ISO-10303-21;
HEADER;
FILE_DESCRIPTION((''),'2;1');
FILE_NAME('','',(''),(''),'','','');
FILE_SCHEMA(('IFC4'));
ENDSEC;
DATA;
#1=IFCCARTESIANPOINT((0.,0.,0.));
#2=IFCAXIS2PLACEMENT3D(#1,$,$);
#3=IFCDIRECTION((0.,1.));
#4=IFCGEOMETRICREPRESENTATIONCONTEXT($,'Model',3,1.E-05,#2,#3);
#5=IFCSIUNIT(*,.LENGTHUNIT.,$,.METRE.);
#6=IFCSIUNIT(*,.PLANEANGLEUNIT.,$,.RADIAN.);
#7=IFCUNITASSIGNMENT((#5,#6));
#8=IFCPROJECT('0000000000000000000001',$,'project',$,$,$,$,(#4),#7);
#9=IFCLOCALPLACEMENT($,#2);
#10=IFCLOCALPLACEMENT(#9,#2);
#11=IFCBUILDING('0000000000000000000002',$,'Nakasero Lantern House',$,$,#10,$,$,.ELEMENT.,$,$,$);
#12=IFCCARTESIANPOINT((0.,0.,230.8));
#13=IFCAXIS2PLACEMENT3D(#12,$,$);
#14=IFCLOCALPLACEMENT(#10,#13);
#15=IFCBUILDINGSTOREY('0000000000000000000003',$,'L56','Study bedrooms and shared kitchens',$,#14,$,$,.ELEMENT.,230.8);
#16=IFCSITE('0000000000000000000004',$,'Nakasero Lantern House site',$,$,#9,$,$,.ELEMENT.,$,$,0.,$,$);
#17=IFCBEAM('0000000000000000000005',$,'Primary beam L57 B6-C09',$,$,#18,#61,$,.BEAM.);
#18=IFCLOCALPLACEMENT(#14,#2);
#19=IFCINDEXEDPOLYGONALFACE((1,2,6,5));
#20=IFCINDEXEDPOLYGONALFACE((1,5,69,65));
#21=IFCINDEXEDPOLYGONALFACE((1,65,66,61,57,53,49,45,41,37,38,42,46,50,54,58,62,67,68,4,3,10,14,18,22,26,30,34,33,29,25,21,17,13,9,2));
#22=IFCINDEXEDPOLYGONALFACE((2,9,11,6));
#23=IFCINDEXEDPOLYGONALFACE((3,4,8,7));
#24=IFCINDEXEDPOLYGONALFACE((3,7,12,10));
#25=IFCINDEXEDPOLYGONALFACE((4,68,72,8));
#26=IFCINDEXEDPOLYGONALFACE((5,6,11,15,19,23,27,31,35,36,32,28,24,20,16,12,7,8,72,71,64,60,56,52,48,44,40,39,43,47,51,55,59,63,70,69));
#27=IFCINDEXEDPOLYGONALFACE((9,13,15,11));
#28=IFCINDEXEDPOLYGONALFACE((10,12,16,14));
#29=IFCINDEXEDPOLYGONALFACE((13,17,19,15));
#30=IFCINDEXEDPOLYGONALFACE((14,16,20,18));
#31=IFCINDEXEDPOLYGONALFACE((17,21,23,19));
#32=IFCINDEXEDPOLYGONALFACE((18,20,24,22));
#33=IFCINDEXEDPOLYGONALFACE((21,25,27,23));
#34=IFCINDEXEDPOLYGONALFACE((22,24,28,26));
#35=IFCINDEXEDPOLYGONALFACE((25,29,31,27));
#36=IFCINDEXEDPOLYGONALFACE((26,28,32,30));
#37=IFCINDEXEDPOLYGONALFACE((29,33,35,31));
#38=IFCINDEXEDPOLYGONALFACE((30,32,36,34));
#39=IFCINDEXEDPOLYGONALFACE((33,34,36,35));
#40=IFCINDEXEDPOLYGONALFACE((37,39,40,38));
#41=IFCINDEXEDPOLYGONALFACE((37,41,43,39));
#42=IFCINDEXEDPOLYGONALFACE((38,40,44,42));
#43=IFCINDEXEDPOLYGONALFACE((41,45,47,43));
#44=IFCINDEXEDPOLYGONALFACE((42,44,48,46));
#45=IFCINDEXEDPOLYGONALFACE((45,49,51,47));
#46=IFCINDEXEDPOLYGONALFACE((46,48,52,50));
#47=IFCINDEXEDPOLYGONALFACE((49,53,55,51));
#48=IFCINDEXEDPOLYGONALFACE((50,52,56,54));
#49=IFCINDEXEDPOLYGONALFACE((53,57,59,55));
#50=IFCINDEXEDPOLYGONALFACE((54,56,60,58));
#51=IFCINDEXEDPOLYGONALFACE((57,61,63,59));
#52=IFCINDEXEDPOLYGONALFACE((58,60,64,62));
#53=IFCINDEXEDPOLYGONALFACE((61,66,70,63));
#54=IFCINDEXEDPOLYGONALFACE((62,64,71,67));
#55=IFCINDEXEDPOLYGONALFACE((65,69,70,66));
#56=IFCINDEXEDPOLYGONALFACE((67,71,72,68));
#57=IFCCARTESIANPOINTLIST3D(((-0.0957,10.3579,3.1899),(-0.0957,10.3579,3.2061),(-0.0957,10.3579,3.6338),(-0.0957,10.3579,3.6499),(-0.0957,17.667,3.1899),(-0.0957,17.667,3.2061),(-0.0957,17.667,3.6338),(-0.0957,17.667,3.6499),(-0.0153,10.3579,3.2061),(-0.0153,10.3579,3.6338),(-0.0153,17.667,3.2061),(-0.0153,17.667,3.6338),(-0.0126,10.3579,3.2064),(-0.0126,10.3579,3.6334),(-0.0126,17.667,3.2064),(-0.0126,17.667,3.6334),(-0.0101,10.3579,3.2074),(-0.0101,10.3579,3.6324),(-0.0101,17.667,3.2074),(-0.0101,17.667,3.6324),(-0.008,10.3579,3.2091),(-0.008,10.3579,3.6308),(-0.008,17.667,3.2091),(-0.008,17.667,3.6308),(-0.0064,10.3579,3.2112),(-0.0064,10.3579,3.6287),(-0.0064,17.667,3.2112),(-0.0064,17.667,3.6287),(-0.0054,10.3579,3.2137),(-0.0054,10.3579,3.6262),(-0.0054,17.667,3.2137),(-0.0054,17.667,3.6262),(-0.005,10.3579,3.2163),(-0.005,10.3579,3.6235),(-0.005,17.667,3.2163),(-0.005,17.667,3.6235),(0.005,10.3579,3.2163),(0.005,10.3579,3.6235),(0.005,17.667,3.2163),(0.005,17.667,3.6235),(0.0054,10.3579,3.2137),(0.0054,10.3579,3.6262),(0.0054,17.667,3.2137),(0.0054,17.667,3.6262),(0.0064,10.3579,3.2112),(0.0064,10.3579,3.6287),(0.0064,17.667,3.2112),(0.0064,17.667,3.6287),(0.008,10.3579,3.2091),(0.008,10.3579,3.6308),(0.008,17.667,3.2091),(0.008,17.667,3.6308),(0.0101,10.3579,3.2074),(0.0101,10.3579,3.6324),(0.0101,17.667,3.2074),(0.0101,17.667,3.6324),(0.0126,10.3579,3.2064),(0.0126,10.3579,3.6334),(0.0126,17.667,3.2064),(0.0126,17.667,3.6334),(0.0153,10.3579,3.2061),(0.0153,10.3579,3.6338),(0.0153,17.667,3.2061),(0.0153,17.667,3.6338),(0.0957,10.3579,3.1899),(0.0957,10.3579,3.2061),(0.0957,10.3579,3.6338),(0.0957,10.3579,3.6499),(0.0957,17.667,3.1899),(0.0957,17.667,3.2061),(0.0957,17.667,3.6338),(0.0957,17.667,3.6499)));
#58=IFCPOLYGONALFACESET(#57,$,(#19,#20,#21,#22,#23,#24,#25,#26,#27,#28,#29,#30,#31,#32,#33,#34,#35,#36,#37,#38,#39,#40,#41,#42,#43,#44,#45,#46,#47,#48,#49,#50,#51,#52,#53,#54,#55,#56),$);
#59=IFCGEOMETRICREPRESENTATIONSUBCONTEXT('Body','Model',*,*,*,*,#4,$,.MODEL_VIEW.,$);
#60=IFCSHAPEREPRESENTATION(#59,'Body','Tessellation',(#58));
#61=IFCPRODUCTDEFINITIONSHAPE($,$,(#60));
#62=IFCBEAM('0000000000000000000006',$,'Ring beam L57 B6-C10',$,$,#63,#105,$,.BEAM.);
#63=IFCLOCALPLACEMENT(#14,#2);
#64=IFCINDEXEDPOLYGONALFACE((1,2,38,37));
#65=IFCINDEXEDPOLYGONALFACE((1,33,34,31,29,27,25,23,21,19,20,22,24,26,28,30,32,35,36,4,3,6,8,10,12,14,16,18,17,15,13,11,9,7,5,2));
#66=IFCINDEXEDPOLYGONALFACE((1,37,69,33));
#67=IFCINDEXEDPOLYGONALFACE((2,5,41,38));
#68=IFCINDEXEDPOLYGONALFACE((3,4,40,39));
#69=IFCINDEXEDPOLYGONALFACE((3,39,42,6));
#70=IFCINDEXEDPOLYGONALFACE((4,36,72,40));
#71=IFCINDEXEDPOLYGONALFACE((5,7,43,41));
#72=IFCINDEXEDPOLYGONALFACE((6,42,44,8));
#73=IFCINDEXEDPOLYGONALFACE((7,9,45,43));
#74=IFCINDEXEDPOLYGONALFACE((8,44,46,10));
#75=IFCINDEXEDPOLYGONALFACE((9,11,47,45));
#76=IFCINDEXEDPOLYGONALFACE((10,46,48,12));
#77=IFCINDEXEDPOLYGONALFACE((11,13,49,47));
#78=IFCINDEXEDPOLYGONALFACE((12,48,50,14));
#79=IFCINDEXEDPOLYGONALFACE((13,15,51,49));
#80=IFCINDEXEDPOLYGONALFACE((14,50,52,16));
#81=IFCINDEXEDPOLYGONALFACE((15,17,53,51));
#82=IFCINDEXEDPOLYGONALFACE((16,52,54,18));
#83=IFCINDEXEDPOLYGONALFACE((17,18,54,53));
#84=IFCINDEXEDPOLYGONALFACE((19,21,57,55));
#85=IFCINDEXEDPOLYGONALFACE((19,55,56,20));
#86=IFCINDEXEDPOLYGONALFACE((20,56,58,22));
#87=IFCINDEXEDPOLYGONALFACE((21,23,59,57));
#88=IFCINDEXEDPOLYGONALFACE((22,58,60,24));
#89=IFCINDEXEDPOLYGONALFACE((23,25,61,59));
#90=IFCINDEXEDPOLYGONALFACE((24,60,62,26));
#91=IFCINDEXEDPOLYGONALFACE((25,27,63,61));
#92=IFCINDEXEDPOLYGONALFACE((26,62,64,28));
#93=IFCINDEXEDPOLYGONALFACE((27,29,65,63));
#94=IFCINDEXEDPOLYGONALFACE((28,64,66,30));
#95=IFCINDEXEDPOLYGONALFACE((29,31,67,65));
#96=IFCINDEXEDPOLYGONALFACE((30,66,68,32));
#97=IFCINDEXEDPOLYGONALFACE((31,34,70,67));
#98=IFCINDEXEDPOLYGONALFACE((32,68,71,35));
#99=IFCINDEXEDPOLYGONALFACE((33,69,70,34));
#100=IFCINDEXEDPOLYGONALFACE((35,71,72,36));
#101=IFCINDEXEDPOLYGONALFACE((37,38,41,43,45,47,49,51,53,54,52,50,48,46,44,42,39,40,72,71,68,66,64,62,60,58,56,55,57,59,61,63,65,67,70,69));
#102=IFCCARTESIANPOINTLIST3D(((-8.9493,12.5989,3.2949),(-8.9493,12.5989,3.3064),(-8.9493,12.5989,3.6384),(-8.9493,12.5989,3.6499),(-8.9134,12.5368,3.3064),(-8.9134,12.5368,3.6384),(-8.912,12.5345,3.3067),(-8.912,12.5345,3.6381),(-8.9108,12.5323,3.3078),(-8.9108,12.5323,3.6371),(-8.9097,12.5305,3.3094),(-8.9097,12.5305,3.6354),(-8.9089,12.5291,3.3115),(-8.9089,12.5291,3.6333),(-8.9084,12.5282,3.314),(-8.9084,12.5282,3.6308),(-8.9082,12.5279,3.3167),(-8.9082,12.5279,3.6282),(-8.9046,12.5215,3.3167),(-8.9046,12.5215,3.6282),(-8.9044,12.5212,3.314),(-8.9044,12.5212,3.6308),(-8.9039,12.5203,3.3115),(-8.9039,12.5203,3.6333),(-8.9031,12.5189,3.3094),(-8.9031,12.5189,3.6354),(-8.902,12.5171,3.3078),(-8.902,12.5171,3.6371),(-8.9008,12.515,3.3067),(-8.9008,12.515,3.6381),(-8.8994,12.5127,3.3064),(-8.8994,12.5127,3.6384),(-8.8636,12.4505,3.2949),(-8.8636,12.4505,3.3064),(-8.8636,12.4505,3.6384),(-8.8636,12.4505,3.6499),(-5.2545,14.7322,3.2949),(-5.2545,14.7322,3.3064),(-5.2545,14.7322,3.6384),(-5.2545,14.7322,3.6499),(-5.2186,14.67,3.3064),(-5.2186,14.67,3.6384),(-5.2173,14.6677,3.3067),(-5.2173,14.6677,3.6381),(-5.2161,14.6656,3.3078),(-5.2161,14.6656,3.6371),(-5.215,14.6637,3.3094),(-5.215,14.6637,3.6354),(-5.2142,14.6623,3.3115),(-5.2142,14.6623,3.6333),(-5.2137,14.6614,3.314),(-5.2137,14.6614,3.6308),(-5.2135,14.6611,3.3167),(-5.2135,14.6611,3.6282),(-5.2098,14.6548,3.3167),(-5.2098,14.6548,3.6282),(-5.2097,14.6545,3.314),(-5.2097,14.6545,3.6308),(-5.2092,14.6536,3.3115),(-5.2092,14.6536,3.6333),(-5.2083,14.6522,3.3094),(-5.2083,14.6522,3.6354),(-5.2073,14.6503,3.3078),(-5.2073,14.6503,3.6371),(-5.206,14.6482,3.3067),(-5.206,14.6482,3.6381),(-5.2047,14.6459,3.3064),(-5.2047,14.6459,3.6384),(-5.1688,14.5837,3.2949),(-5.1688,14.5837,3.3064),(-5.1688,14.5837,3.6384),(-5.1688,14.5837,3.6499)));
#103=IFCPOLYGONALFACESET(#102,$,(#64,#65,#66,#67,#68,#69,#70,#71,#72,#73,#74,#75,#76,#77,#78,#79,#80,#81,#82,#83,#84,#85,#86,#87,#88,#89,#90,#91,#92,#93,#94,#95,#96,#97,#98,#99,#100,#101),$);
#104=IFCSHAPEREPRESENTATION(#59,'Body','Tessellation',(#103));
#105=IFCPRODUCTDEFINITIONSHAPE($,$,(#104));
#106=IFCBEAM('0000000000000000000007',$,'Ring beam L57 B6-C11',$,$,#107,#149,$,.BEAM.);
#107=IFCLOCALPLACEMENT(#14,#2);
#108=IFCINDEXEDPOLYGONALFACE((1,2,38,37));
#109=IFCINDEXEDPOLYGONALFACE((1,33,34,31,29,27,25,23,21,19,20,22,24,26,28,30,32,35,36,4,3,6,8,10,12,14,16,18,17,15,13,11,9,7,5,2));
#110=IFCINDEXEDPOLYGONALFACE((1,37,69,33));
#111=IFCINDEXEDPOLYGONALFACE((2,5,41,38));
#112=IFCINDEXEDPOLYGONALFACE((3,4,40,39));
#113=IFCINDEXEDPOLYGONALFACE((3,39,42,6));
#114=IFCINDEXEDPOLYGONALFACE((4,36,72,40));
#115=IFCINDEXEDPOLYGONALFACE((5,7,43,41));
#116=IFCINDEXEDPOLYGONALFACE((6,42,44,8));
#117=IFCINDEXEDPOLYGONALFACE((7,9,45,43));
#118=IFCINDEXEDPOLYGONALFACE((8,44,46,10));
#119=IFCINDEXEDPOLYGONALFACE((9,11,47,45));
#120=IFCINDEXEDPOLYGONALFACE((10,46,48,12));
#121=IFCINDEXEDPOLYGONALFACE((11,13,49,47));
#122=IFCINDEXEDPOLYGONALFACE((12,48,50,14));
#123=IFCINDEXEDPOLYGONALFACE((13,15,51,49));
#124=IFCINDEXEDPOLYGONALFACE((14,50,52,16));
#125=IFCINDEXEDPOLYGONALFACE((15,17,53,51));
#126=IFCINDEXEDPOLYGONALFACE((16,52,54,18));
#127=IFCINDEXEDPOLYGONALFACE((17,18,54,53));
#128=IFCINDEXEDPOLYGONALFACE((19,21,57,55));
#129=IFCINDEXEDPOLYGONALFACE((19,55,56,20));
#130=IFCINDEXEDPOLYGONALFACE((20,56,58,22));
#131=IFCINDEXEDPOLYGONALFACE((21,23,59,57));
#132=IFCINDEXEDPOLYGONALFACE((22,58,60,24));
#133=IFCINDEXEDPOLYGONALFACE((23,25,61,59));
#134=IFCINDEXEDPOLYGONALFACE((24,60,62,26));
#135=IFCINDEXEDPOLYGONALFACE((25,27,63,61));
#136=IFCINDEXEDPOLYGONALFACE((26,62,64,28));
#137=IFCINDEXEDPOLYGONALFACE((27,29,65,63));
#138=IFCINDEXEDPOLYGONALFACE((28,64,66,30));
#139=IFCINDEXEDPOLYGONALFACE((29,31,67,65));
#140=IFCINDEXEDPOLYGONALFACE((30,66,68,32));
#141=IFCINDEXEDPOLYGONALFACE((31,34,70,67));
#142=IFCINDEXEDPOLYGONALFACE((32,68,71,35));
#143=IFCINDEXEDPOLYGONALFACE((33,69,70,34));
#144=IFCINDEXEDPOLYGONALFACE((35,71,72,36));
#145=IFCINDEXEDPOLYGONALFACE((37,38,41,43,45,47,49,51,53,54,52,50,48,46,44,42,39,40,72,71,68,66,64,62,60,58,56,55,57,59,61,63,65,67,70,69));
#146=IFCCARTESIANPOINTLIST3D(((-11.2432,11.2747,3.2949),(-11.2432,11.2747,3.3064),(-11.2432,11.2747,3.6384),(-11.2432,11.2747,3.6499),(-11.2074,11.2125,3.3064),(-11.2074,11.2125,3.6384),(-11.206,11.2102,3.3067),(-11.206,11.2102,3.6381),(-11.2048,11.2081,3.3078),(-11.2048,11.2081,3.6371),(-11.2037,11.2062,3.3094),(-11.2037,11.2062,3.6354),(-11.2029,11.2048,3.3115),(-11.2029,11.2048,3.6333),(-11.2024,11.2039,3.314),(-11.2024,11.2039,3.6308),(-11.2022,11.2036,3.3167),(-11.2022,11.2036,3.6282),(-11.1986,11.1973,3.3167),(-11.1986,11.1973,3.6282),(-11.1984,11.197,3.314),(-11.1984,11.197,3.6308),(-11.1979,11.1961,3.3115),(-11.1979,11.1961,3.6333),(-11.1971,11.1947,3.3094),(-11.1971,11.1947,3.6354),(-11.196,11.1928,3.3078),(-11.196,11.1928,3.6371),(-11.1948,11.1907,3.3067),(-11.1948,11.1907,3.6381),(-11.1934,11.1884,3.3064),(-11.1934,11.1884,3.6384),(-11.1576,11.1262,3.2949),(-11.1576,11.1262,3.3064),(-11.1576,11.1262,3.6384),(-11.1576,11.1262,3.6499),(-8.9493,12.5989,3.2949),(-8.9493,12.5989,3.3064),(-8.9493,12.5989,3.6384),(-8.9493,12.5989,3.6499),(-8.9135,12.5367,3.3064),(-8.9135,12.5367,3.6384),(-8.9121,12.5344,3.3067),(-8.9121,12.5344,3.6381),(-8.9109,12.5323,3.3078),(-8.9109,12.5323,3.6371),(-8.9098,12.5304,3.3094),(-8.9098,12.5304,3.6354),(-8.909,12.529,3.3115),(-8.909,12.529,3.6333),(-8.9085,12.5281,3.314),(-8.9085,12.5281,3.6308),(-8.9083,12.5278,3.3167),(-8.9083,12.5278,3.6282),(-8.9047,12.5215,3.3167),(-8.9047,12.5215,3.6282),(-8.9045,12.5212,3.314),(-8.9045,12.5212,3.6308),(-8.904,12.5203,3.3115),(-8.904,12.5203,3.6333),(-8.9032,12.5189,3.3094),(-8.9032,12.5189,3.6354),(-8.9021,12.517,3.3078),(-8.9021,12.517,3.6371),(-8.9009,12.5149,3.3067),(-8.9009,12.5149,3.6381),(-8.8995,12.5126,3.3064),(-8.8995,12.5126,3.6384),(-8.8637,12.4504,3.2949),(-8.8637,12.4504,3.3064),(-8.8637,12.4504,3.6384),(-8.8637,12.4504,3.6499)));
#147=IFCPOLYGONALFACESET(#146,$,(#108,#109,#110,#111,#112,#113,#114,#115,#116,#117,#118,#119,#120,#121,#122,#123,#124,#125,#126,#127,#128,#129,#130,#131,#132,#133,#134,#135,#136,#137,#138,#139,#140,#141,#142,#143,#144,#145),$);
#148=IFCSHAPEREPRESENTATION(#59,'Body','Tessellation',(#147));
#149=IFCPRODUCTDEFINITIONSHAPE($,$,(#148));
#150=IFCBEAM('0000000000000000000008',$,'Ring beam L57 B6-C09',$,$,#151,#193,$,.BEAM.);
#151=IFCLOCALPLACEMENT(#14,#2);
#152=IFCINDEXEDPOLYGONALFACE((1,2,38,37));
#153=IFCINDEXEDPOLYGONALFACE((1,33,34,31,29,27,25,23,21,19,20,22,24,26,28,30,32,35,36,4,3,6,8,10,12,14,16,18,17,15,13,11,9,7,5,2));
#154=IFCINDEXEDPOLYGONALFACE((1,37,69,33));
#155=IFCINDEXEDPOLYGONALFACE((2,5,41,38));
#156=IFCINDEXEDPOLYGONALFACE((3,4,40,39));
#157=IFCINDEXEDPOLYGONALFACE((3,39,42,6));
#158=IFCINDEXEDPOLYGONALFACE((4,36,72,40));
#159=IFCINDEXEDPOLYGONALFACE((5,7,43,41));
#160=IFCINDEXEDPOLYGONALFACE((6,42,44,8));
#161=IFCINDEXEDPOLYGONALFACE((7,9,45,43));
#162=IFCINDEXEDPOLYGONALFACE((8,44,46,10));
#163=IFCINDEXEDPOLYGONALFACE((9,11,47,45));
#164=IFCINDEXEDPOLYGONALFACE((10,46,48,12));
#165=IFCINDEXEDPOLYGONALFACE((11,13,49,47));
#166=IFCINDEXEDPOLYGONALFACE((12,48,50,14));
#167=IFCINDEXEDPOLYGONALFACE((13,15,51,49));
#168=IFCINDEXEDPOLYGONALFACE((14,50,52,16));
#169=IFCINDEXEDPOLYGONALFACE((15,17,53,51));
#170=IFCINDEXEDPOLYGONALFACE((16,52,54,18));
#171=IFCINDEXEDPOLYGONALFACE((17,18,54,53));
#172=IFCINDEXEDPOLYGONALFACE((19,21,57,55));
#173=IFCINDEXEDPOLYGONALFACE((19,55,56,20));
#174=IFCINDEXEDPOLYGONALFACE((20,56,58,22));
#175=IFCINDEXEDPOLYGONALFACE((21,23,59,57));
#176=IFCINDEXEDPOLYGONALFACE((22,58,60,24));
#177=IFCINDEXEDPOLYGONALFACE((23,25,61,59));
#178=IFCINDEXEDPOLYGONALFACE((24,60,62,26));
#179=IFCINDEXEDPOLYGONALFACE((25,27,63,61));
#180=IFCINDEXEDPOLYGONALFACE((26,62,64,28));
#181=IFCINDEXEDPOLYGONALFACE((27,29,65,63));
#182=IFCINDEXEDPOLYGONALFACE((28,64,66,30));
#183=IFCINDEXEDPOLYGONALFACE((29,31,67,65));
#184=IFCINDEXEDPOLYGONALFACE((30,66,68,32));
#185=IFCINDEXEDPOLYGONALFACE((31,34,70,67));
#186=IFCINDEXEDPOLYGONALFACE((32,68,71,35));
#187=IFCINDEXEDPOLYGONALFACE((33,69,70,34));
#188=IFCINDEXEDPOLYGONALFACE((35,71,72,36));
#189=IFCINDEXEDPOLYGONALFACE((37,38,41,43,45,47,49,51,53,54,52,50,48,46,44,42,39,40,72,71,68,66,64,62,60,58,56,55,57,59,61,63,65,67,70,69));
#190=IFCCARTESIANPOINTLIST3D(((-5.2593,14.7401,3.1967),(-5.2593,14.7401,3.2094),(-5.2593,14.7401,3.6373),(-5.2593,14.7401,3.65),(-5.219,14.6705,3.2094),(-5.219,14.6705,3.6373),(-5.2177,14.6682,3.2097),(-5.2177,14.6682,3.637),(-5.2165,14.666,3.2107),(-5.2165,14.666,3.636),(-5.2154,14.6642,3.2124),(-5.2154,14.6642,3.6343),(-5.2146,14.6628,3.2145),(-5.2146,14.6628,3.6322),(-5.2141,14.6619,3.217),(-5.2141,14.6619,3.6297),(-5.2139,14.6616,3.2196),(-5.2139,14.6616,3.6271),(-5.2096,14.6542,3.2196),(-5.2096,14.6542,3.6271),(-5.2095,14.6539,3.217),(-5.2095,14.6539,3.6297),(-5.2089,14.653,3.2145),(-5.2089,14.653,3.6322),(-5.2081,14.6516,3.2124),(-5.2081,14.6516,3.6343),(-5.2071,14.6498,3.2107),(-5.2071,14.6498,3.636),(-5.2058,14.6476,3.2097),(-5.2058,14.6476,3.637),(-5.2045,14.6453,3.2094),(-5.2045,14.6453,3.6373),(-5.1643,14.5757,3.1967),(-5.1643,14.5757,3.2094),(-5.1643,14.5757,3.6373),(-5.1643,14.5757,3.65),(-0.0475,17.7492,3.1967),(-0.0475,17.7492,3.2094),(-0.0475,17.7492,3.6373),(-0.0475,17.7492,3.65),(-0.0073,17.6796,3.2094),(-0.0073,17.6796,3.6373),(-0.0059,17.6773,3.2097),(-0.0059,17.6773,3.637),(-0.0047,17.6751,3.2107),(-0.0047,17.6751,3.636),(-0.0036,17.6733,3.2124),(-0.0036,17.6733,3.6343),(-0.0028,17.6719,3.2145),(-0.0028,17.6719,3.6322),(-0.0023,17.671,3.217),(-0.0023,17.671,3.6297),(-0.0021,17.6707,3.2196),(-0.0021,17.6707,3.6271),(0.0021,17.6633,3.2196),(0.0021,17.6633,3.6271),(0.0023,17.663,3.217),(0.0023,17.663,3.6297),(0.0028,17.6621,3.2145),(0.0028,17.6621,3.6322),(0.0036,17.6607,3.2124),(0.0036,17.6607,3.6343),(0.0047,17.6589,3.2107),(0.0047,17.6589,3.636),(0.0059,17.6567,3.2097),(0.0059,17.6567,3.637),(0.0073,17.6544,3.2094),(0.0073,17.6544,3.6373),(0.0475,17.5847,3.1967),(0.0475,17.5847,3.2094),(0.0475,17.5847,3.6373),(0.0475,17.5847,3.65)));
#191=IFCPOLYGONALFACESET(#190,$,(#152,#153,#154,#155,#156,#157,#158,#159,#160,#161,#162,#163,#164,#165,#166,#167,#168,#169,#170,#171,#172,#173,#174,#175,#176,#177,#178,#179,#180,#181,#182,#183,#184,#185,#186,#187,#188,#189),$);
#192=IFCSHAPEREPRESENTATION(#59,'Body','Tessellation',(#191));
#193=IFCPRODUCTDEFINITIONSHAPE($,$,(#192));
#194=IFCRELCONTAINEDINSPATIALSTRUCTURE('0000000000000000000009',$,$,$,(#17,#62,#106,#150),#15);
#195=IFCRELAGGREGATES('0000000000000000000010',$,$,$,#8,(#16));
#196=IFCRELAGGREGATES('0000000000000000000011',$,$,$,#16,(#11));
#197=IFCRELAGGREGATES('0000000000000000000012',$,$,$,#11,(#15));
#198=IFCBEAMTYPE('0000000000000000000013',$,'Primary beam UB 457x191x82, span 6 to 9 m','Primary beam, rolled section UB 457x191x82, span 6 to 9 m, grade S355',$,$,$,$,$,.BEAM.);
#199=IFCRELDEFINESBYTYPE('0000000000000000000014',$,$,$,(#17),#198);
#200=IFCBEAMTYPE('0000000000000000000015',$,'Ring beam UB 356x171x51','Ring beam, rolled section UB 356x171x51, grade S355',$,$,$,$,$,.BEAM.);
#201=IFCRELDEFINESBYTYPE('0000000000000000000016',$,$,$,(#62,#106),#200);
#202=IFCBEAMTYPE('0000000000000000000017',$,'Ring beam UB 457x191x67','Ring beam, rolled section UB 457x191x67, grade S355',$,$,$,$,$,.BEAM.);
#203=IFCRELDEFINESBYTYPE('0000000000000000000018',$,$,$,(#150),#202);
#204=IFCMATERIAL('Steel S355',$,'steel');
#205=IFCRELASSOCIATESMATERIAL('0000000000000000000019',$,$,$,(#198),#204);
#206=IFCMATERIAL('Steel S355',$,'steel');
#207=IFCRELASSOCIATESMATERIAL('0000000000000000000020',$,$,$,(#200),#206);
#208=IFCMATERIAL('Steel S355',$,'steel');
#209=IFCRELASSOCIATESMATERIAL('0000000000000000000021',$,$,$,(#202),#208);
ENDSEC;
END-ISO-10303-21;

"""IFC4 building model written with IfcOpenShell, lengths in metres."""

from ifc_helpers import new_model, si_unit, direction, frame, origin, origin_2d, place, context, subcontext, project, spatial, i_section, extrude, material, material_profile, profile_set, type_object, element, save


model = new_model("IFC4")

# Units and contexts
model_context = context("Model", 3, precision=1e-05, world=origin(), true_north=direction((0.0, 1.0)))
body_context = subcontext(model_context, "Body", "Model", "MODEL_VIEW")
ifc_project = project(units=[si_unit("LENGTHUNIT", "METRE"), si_unit("PLANEANGLEUNIT", "RADIAN")], contexts=[model_context])

# Site, building, storey
site_placement = place(None, origin())
site = spatial("IfcSite", under=ifc_project, at=site_placement, Name="Nakasero Lantern House site", CompositionType="ELEMENT", RefElevation=0.0)
building_placement = place(site_placement, origin())
building = spatial("IfcBuilding", under=site, at=building_placement, Name="Nakasero Lantern House", CompositionType="ELEMENT")
storey_placement = place(building_placement, frame((0.0, 0.0, 230.8)))
storey = spatial("IfcBuildingStorey", under=building, at=storey_placement, Name="L56", Description="Study bedrooms and shared kitchens", CompositionType="ELEMENT", Elevation=230.8)

# Beams
ifc_material_1 = material(Name="Steel S355", Category="steel")
ifc_material_profile_1 = material_profile(ifc_material_1, i_section(OverallWidth=0.1914, OverallDepth=0.46, WebThickness=0.01, FlangeThickness=0.0161, FilletRadius=0.0103, at=origin_2d()), Name="UB 457x191x82")
ifc_profile_set_1 = profile_set([ifc_material_profile_1], Name="Steel S355")
beam_type_1 = type_object("IfcBeamType", Name="Primary beam UB 457x191x82, span 6 to 9 m", Description="Primary beam, rolled section UB 457x191x82, span 6 to 9 m, grade S355", PredefinedType="BEAM", material=ifc_profile_set_1)
beam_1_placement = place(storey_placement, frame((0.0, 17.667, 3.4199), z_axis=(0.0, -1.0, 0.0), x_axis=(1.0, 0.0, 0.0)))
element("IfcBeam", 1, at=beam_1_placement, inside=storey, type_object=beam_type_1, Name="Primary beam L57 B6-C09", PredefinedType="BEAM", context=body_context, shape_type="SweptSolid", body=[
    extrude(i_section(OverallWidth=0.1914, OverallDepth=0.46, WebThickness=0.01, FlangeThickness=0.0161, FilletRadius=0.0103, at=origin_2d()), origin(), (0.0, 0.0, 1.0), 7.3091),
])
ifc_material_2 = material(Name="Steel S355", Category="steel")
ifc_material_profile_2 = material_profile(ifc_material_2, i_section(OverallWidth=0.1714, OverallDepth=0.355, WebThickness=0.0073, FlangeThickness=0.0115, FilletRadius=0.0103, at=origin_2d()), Name="UB 356x171x51")
ifc_profile_set_2 = profile_set([ifc_material_profile_2], Name="Steel S355")
beam_type_2 = type_object("IfcBeamType", Name="Ring beam UB 356x171x51", Description="Ring beam, rolled section UB 356x171x51, grade S355", PredefinedType="BEAM", material=ifc_profile_set_2)
beam_2_placement = place(storey_placement, frame((-5.2117, 14.658, 3.4724), z_axis=(-0.866016, -0.500016, 0.0), x_axis=(0.500016, -0.866016, 0.0)))
element("IfcBeam", 2, at=beam_2_placement, inside=storey, type_object=beam_type_2, Name="Ring beam L57 B6-C10", PredefinedType="BEAM", context=body_context, shape_type="SweptSolid", body=[
    extrude(i_section(OverallWidth=0.1714, OverallDepth=0.355, WebThickness=0.0073, FlangeThickness=0.0115, FilletRadius=0.0103, at=origin_2d()), origin(), (0.0, 0.0, 1.0), 4.2664),
])
beam_3_placement = place(storey_placement, frame((-8.9065, 12.5247, 3.4724), z_axis=(-0.866057, -0.499946, 0.0), x_axis=(0.499946, -0.866057, 0.0)))
element("IfcBeam", 3, at=beam_3_placement, inside=storey, type_object=beam_type_2, Name="Ring beam L57 B6-C11", PredefinedType="BEAM", context=body_context, shape_type="SweptSolid", body=[
    extrude(i_section(OverallWidth=0.1714, OverallDepth=0.355, WebThickness=0.0073, FlangeThickness=0.0115, FilletRadius=0.0103, at=origin_2d()), origin(), (0.0, 0.0, 1.0), 2.6487),
])
ifc_material_3 = material(Name="Steel S355", Category="steel")
ifc_material_profile_3 = material_profile(ifc_material_3, i_section(OverallWidth=0.1899, OverallDepth=0.4534, WebThickness=0.0085, FlangeThickness=0.0127, FilletRadius=0.0103, at=origin_2d()), Name="UB 457x191x67")
ifc_profile_set_3 = profile_set([ifc_material_profile_3], Name="Steel S355")
beam_type_3 = type_object("IfcBeamType", Name="Ring beam UB 457x191x67", Description="Ring beam, rolled section UB 457x191x67, grade S355", PredefinedType="BEAM", material=ifc_profile_set_3)
beam_4_placement = place(storey_placement, frame((0.0, 17.667, 3.4233), z_axis=(-0.86602, -0.500009, 0.0), x_axis=(0.500009, -0.86602, 0.0)))
element("IfcBeam", 4, at=beam_4_placement, inside=storey, type_object=beam_type_3, Name="Ring beam L57 B6-C09", PredefinedType="BEAM", context=body_context, shape_type="SweptSolid", body=[
    extrude(i_section(OverallWidth=0.1899, OverallDepth=0.4534, WebThickness=0.0085, FlangeThickness=0.0127, FilletRadius=0.0103, at=origin_2d()), origin(), (0.0, 0.0, 1.0), 6.0181),
])

save(model, "model.ifc")
